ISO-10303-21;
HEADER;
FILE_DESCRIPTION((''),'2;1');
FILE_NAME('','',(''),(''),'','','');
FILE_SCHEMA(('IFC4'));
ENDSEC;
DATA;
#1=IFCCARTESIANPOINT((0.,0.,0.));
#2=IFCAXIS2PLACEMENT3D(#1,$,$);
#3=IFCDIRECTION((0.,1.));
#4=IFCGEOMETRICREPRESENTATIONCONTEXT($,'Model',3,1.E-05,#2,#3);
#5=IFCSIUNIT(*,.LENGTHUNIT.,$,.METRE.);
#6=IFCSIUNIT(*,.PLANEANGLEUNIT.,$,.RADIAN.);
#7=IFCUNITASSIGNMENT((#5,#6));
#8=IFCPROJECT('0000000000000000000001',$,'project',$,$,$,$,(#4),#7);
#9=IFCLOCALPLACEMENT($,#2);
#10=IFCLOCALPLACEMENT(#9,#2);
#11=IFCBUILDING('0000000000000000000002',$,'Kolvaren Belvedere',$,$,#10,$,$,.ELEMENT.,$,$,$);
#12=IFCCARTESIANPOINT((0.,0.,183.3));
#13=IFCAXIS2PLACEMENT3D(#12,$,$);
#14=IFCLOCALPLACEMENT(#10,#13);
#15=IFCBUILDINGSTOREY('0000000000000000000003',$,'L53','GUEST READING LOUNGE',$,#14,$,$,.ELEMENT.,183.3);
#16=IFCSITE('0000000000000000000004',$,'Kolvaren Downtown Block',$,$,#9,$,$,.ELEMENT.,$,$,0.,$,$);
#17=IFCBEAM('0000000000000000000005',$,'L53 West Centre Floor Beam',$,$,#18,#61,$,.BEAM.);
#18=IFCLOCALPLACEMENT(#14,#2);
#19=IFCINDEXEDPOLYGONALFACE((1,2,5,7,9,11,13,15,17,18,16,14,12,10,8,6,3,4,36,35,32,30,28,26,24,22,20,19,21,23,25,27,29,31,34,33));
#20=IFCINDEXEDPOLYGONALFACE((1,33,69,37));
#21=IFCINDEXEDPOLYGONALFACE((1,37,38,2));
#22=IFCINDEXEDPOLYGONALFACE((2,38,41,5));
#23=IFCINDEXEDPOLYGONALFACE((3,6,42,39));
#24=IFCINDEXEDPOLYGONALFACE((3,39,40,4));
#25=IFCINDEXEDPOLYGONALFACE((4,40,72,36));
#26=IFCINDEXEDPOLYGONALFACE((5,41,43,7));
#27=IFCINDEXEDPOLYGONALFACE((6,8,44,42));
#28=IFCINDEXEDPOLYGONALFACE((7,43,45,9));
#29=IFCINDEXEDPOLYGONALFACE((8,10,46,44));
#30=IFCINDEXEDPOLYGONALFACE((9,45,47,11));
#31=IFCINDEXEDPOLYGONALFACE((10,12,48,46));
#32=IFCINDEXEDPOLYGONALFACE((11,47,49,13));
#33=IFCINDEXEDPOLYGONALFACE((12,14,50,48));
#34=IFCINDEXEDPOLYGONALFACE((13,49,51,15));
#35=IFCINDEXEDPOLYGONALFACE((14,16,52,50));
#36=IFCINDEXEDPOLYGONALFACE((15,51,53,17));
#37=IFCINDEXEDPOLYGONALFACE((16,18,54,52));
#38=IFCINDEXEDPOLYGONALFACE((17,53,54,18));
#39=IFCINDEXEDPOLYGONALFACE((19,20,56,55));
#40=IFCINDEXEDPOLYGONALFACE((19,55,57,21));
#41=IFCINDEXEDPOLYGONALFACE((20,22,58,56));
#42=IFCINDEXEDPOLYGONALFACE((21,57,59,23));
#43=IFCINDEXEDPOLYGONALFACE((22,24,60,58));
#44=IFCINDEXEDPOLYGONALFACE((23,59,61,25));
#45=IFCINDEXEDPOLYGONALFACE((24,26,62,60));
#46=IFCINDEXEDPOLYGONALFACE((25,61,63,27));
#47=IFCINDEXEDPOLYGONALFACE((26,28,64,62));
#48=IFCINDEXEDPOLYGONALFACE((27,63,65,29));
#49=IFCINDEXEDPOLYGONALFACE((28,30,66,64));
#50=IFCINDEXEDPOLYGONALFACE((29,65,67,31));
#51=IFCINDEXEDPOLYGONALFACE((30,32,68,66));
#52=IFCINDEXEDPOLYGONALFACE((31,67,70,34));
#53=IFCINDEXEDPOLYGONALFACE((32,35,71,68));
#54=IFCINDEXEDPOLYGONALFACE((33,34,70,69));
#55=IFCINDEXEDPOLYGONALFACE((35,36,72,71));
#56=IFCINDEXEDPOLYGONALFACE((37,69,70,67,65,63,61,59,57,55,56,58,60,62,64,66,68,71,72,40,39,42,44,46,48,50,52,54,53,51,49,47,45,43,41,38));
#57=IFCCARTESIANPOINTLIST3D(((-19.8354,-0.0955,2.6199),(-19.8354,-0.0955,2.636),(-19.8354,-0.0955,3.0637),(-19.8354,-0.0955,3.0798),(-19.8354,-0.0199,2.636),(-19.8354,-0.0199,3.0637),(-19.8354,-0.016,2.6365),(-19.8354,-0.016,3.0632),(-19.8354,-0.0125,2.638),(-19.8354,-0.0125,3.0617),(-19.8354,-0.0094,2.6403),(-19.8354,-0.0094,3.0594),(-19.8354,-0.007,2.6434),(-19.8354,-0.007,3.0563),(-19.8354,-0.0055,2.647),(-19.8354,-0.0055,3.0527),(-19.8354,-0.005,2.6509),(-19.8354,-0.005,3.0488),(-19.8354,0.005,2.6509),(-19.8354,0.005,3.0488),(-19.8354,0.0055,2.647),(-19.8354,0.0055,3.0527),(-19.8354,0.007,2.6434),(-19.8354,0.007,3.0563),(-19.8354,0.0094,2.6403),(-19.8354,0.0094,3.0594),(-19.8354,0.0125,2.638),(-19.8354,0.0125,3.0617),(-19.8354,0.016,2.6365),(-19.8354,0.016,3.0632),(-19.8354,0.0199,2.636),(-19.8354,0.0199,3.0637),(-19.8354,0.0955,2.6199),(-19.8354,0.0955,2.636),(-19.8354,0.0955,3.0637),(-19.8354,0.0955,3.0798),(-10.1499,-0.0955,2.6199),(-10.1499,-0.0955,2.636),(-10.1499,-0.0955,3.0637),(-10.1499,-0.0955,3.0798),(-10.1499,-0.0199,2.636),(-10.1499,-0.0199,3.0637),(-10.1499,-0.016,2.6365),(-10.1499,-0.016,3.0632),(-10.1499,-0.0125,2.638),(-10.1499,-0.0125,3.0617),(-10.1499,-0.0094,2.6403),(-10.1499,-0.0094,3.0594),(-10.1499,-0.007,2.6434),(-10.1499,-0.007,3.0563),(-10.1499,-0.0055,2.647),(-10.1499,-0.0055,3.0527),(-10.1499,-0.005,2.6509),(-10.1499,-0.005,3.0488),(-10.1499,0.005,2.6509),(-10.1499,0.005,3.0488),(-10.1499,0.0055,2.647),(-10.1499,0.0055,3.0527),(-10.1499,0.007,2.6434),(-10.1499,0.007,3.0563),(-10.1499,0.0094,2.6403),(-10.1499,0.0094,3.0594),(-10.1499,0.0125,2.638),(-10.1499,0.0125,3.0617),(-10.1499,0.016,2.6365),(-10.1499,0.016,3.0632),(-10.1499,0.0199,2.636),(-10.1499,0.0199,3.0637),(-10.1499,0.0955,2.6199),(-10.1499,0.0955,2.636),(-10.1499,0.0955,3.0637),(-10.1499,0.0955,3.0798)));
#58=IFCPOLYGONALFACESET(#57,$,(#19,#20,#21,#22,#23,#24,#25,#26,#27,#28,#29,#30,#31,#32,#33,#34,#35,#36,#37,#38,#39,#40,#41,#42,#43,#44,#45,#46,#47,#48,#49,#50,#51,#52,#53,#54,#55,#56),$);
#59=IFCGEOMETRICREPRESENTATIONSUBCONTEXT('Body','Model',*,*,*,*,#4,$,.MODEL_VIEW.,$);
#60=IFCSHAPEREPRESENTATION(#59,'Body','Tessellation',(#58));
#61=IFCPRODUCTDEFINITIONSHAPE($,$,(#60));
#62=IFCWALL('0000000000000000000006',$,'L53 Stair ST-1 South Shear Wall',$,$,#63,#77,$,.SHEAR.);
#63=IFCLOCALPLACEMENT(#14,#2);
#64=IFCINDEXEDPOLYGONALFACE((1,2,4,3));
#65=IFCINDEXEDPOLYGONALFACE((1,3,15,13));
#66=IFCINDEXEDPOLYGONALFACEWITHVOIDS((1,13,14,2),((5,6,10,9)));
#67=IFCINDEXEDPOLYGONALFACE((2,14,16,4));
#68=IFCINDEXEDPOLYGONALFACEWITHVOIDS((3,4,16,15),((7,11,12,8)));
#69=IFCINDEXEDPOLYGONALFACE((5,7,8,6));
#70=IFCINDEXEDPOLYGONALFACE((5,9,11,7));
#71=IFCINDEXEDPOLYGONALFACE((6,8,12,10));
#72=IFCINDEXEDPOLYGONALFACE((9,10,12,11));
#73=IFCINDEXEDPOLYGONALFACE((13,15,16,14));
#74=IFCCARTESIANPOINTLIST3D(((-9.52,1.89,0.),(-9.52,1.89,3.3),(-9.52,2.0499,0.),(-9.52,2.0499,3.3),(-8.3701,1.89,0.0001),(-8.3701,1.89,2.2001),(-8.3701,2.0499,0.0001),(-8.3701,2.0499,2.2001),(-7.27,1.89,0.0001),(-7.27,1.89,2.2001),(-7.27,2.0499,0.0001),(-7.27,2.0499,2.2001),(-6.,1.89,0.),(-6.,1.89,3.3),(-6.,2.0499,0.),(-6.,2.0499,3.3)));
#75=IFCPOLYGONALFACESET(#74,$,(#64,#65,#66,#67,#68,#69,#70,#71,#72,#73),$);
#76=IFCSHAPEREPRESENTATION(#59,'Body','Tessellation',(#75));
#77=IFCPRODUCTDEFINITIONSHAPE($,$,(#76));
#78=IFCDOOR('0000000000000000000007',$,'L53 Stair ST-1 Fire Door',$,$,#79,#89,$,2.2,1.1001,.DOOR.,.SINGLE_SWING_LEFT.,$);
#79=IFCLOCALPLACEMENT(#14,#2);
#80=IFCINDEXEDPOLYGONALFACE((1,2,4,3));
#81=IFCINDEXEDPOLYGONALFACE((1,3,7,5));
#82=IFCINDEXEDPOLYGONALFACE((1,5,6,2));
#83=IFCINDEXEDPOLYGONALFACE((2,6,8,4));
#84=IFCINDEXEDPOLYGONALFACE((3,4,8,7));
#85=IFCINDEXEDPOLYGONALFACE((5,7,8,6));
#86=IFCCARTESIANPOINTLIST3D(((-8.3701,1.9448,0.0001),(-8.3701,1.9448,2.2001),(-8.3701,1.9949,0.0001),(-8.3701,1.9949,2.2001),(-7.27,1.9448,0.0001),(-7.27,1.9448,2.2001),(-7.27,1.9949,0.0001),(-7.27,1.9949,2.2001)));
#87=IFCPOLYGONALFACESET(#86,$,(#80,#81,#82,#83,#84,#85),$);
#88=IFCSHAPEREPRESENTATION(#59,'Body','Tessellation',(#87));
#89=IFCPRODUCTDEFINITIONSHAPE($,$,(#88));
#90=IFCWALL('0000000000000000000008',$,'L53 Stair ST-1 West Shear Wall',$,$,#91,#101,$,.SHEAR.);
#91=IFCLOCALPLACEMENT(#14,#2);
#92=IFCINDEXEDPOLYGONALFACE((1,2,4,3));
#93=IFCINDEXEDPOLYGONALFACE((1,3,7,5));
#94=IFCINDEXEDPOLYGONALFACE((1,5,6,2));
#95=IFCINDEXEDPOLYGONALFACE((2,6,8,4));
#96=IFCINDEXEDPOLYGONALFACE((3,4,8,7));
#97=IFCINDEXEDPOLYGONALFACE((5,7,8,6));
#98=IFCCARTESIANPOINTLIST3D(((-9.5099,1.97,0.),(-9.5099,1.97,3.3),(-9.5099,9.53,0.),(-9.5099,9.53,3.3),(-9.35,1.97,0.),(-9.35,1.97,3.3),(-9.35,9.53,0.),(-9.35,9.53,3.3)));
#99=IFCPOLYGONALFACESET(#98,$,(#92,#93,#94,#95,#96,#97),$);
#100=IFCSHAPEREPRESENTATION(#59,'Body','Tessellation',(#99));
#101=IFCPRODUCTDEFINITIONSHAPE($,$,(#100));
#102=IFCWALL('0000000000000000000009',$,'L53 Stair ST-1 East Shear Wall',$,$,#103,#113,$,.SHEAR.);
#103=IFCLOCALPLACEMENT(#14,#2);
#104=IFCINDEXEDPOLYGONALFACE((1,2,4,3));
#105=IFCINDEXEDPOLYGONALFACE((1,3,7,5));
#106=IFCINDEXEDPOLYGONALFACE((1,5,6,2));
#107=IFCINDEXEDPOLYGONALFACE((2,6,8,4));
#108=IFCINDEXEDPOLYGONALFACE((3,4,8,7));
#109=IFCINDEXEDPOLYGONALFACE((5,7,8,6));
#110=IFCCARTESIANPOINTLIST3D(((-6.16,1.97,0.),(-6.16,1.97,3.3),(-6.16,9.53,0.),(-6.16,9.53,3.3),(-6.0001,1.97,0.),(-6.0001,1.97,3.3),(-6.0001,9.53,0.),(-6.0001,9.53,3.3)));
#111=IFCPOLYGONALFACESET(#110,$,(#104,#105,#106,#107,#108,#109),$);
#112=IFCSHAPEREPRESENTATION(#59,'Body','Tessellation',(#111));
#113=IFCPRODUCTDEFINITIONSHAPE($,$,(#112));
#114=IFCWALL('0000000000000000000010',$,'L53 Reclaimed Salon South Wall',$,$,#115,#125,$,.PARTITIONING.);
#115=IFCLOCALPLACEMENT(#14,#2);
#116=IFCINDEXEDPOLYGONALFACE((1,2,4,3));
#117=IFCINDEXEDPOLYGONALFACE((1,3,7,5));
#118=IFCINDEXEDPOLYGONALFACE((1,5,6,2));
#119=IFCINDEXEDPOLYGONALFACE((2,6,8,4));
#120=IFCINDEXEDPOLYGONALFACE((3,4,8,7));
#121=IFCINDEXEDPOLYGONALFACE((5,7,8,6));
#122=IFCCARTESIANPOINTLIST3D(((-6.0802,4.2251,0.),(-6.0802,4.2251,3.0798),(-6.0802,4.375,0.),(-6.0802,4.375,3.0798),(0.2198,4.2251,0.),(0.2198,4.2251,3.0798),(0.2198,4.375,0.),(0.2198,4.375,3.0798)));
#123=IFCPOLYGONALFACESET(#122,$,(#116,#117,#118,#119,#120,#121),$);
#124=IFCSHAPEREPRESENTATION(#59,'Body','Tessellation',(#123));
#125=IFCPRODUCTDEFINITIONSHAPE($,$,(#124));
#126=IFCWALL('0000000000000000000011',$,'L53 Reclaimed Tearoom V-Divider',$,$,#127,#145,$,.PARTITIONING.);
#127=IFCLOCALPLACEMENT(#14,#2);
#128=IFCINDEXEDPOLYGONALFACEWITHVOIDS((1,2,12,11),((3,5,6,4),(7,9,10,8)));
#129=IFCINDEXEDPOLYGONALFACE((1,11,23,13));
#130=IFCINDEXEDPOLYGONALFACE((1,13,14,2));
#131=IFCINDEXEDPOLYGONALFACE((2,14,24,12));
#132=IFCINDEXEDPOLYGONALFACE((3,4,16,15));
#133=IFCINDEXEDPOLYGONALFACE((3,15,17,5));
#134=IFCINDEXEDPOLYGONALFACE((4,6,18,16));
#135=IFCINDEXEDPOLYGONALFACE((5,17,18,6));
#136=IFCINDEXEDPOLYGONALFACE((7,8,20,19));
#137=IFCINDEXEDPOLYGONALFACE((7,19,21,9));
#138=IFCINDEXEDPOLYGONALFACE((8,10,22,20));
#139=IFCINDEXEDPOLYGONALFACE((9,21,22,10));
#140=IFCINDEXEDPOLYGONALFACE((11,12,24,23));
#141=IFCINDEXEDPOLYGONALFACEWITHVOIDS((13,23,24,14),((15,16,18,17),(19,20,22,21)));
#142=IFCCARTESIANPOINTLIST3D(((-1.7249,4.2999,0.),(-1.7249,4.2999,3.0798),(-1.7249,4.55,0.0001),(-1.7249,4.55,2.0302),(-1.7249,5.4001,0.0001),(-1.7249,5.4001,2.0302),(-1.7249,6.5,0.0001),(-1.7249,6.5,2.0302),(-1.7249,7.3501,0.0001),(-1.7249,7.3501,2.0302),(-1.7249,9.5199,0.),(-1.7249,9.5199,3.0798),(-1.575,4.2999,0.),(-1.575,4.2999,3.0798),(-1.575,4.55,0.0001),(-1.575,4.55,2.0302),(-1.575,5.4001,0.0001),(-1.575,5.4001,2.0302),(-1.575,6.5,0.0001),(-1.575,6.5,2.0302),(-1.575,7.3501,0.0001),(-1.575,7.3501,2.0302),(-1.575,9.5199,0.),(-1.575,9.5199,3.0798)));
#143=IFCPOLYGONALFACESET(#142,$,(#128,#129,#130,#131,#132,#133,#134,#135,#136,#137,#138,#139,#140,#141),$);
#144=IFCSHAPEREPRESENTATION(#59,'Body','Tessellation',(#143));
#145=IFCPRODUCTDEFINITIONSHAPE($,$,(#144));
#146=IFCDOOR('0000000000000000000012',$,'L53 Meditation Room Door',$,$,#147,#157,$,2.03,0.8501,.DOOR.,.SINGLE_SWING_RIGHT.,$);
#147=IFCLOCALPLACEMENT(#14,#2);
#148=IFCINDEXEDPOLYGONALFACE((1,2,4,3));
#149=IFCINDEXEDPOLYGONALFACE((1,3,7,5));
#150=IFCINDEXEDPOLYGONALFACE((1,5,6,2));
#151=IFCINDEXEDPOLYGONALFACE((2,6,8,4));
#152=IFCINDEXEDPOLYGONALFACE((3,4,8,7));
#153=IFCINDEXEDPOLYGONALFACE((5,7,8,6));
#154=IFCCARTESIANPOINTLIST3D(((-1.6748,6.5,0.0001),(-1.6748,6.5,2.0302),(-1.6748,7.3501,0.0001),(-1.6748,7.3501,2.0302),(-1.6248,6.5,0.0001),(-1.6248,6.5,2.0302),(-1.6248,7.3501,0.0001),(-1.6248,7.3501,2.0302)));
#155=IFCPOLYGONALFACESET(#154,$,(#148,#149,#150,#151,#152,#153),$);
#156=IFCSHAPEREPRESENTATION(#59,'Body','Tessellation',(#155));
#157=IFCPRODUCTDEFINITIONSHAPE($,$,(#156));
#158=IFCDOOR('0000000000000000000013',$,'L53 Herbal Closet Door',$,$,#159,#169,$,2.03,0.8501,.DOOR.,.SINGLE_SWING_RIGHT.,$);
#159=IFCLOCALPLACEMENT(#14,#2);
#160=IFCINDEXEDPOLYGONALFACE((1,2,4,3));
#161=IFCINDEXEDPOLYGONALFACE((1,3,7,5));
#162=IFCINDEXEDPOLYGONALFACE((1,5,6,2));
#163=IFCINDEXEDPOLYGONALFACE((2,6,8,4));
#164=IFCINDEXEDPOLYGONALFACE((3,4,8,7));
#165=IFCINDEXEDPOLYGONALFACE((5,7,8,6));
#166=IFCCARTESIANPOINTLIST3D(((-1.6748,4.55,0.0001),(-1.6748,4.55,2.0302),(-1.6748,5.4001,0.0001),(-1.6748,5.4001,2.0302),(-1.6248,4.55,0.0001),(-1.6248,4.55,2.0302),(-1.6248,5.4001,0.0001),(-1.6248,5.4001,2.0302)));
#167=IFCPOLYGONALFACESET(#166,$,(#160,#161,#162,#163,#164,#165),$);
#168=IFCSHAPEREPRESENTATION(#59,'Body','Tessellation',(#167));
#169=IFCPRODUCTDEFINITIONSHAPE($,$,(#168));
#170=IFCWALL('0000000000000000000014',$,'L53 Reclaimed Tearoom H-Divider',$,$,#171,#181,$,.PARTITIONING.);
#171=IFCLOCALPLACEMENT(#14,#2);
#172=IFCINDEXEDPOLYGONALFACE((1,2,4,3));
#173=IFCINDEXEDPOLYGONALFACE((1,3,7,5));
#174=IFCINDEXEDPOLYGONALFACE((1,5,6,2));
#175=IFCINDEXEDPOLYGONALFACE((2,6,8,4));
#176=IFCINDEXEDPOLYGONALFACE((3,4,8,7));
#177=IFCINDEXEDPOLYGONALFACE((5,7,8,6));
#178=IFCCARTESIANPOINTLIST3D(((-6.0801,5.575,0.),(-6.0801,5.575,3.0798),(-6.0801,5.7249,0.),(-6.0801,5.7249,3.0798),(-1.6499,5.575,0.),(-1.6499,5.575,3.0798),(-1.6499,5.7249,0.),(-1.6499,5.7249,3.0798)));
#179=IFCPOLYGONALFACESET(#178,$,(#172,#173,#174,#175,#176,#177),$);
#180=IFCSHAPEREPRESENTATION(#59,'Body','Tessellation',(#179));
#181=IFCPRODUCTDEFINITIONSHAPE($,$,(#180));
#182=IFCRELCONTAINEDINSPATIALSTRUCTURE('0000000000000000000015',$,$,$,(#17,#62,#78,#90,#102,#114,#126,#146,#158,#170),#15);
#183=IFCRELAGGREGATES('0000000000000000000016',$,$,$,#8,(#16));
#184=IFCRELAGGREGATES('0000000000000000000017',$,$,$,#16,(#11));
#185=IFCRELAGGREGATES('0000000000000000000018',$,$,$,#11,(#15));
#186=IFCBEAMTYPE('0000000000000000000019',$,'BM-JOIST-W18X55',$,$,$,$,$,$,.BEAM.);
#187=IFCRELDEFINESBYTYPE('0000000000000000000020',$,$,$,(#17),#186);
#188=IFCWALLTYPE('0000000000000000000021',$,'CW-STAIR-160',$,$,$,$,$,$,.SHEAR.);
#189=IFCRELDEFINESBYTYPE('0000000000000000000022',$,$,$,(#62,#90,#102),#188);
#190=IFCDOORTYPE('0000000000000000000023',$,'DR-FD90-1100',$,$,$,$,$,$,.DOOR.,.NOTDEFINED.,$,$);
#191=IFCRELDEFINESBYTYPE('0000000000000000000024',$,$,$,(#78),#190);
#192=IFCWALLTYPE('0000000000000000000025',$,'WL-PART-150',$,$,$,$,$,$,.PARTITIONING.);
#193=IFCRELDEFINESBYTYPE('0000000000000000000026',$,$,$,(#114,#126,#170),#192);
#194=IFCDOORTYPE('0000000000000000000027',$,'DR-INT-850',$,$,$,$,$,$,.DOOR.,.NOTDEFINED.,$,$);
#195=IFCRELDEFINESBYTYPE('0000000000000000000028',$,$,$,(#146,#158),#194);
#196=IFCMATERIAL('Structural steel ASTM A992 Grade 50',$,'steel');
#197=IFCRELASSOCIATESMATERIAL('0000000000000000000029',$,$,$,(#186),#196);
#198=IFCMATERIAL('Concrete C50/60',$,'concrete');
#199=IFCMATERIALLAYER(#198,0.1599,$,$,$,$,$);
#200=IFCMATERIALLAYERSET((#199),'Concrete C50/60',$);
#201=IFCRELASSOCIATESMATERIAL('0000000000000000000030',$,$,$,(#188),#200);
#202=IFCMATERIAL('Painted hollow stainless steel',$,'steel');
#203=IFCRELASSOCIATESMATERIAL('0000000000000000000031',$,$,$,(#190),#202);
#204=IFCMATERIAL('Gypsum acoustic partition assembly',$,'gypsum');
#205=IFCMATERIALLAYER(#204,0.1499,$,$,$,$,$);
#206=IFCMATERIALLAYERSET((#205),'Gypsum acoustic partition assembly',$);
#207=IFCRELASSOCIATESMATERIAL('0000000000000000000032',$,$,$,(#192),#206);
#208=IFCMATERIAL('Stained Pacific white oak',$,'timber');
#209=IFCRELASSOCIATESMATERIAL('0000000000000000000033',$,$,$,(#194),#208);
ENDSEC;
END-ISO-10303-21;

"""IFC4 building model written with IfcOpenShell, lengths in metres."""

from ifc_helpers import new_model, si_unit, direction, frame, frame_2d, origin, origin_2d, place, context, subcontext, project, spatial, rectangle, i_section, extrude, material, layer, layer_set, material_profile, profile_set, type_object, element, fill, save


model = new_model("IFC4")

# Units and contexts
model_context = context("Model", 3, precision=1e-05, world=origin(), true_north=direction((0.0, 1.0)))
body_context = subcontext(model_context, "Body", "Model", "MODEL_VIEW")
ifc_project = project(units=[si_unit("LENGTHUNIT", "METRE"), si_unit("PLANEANGLEUNIT", "RADIAN")], contexts=[model_context])

# Site, building, storey
site_placement = place(None, origin())
site = spatial("IfcSite", under=ifc_project, at=site_placement, Name="Kolvaren Downtown Block", CompositionType="ELEMENT", RefElevation=0.0)
building_placement = place(site_placement, origin())
building = spatial("IfcBuilding", under=site, at=building_placement, Name="Kolvaren Belvedere", CompositionType="ELEMENT")
storey_placement = place(building_placement, frame((0.0, 0.0, 183.3)))
storey = spatial("IfcBuildingStorey", under=building, at=storey_placement, Name="L53", Description="GUEST READING LOUNGE", CompositionType="ELEMENT", Elevation=183.3)

# Beam
ifc_material_1 = material(Name="Structural steel ASTM A992 Grade 50", Category="steel")
ifc_material_profile_1 = material_profile(ifc_material_1, i_section(OverallWidth=0.1909, OverallDepth=0.46, WebThickness=0.01, FlangeThickness=0.0161, FilletRadius=0.0149, at=origin_2d()), Name="W18X55")
ifc_profile_set_1 = profile_set([ifc_material_profile_1], Name="Structural steel ASTM A992 Grade 50")
beam_type_1 = type_object("IfcBeamType", Name="BM-JOIST-W18X55", PredefinedType="BEAM", material=ifc_profile_set_1)
beam_1_placement = place(storey_placement, frame((-10.1499, 0.0, 2.8499), z_axis=(-1.0, 0.0, 0.0), x_axis=(0.0, -1.0, 0.0)))
element("IfcBeam", 1, at=beam_1_placement, inside=storey, type_object=beam_type_1, Name="L53 West Centre Floor Beam", PredefinedType="BEAM", context=body_context, shape_type="SweptSolid", body=[
    extrude(i_section(OverallWidth=0.1909, OverallDepth=0.46, WebThickness=0.01, FlangeThickness=0.0161, FilletRadius=0.0149, at=origin_2d()), origin(), (0.0, 0.0, 1.0), 9.6855),
])

# Wall, opening, door
ifc_material_2 = material(Name="Concrete C50/60", Category="concrete")
ifc_layer_1 = layer(ifc_material_2, 0.1599)
ifc_layer_set_1 = layer_set([ifc_layer_1], Name="Concrete C50/60")
wall_type_1 = type_object("IfcWallType", Name="CW-STAIR-160", PredefinedType="SHEAR", material=ifc_layer_set_1)
wall_1_placement = place(storey_placement, frame((-9.52, 1.97, 0.0), z_axis=(0.0, 0.0, 1.0), x_axis=(1.0, 0.0, 0.0)))
wall_1 = element("IfcWall", 2, at=wall_1_placement, inside=storey, type_object=wall_type_1, Name="L53 Stair ST-1 South Shear Wall", PredefinedType="SHEAR", context=body_context, shape_type="SweptSolid", body=[
    extrude(rectangle(XDim=3.52, YDim=0.1599, at=frame_2d((1.76, 0.0))), origin(), (0.0, 0.0, 1.0), 3.3),
])
opening_1_placement = place(wall_1_placement, frame((1.1499, 0.0, 0.0)))
opening_1 = element("IfcOpeningElement", 3, at=opening_1_placement, cuts=wall_1, PredefinedType="OPENING", context=body_context, shape_type="SweptSolid", body=[
    extrude(rectangle(XDim=1.1001, YDim=2.2, at=frame_2d((0.55, 1.1001))), frame((0.0, 0.0898, 0.0), z_axis=(0.0, -1.0, 0.0), x_axis=(1.0, 0.0, 0.0)), (0.0, 0.0, 1.0), 0.1799),
])
ifc_material_3 = material(Name="Painted hollow stainless steel", Category="steel")
door_type_1 = type_object("IfcDoorType", Name="DR-FD90-1100", OperationType="NOTDEFINED", PredefinedType="DOOR", material=ifc_material_3)
door_1_placement = place(opening_1_placement, origin())
door_1 = element("IfcDoor", 4, at=door_1_placement, inside=storey, type_object=door_type_1, Name="L53 Stair ST-1 Fire Door", OperationType="SINGLE_SWING_LEFT", OverallHeight=2.2, OverallWidth=1.1001, PredefinedType="DOOR", context=body_context, shape_type="SweptSolid", body=[
    extrude(rectangle(XDim=1.1001, YDim=2.2, at=frame_2d((0.55, 1.1001))), frame((0.0, 0.0249, 0.0), z_axis=(0.0, -1.0, 0.0), x_axis=(1.0, 0.0, 0.0)), (0.0, 0.0, 1.0), 0.05),
])
fill(opening_1, door_1)

# Walls
for number, where, z_axis, x_axis, name in (
    (5, (-9.4299, 1.97, 0.0), (0.0, 0.0, 1.0), (0.0, 1.0, 0.0), "L53 Stair ST-1 West Shear Wall"),
    (6, (-6.0801, 1.97, 0.0), (0.0, 0.0, 1.0), (0.0, 1.0, 0.0), "L53 Stair ST-1 East Shear Wall"),
):
    element("IfcWall", number, at=place(storey_placement, frame(where, z_axis=z_axis, x_axis=x_axis)), inside=storey, type_object=wall_type_1, Name=name, PredefinedType="SHEAR", context=body_context, shape_type="SweptSolid", body=[
        extrude(rectangle(XDim=7.5601, YDim=0.1599, at=frame_2d((3.78, 0.0))), origin(), (0.0, 0.0, 1.0), 3.3),
    ])
ifc_material_4 = material(Name="Gypsum acoustic partition assembly", Category="gypsum")
ifc_layer_2 = layer(ifc_material_4, 0.1499)
ifc_layer_set_2 = layer_set([ifc_layer_2], Name="Gypsum acoustic partition assembly")
wall_type_2 = type_object("IfcWallType", Name="WL-PART-150", PredefinedType="PARTITIONING", material=ifc_layer_set_2)
wall_2_placement = place(storey_placement, frame((-6.0801, 4.3, 0.0), z_axis=(0.0, 0.0, 1.0), x_axis=(1.0, 0.0, 0.0)))
element("IfcWall", 7, at=wall_2_placement, inside=storey, type_object=wall_type_2, Name="L53 Reclaimed Salon South Wall", PredefinedType="PARTITIONING", context=body_context, shape_type="SweptSolid", body=[
    extrude(rectangle(XDim=6.3, YDim=0.1499, at=frame_2d((3.1499, 0.0))), origin(), (0.0, 0.0, 1.0), 3.0798),
])

# Wall, openings, doors
wall_3_placement = place(storey_placement, frame((-1.6499, 4.3, 0.0), z_axis=(0.0, 0.0, 1.0), x_axis=(0.0, 1.0, 0.0)))
wall_3 = element("IfcWall", 8, at=wall_3_placement, inside=storey, type_object=wall_type_2, Name="L53 Reclaimed Tearoom V-Divider", PredefinedType="PARTITIONING", context=body_context, shape_type="SweptSolid", body=[
    extrude(rectangle(XDim=5.22, YDim=0.1499, at=frame_2d((2.6099, 0.0))), origin(), (0.0, 0.0, 1.0), 3.0798),
])
opening_2_placement = place(wall_3_placement, frame((2.2, 0.0, 0.0)))
opening_2 = element("IfcOpeningElement", 9, at=opening_2_placement, cuts=wall_3, PredefinedType="OPENING", context=body_context, shape_type="SweptSolid", body=[
    extrude(rectangle(XDim=0.8501, YDim=2.03, at=frame_2d((0.425, 1.0151))), frame((0.0, 0.085, 0.0), z_axis=(0.0, -1.0, 0.0), x_axis=(1.0, 0.0, 0.0)), (0.0, 0.0, 1.0), 0.1699),
])
opening_3_placement = place(wall_3_placement, frame((0.25, 0.0, 0.0)))
opening_3 = element("IfcOpeningElement", 10, at=opening_3_placement, cuts=wall_3, PredefinedType="OPENING", context=body_context, shape_type="SweptSolid", body=[
    extrude(rectangle(XDim=0.8501, YDim=2.03, at=frame_2d((0.425, 1.0151))), frame((0.0, 0.085, 0.0), z_axis=(0.0, -1.0, 0.0), x_axis=(1.0, 0.0, 0.0)), (0.0, 0.0, 1.0), 0.1699),
])
ifc_material_5 = material(Name="Stained Pacific white oak", Category="timber")
door_type_2 = type_object("IfcDoorType", Name="DR-INT-850", OperationType="NOTDEFINED", PredefinedType="DOOR", material=ifc_material_5)
door_2_placement = place(opening_2_placement, origin())
door_2 = element("IfcDoor", 11, at=door_2_placement, inside=storey, type_object=door_type_2, Name="L53 Meditation Room Door", OperationType="SINGLE_SWING_RIGHT", OverallHeight=2.03, OverallWidth=0.8501, PredefinedType="DOOR", context=body_context, shape_type="SweptSolid", body=[
    extrude(rectangle(XDim=0.8501, YDim=2.03, at=frame_2d((0.425, 1.0151))), frame((0.0, 0.0249, 0.0), z_axis=(0.0, -1.0, 0.0), x_axis=(1.0, 0.0, 0.0)), (0.0, 0.0, 1.0), 0.05),
])
fill(opening_2, door_2)
door_3_placement = place(opening_3_placement, origin())
door_3 = element("IfcDoor", 12, at=door_3_placement, inside=storey, type_object=door_type_2, Name="L53 Herbal Closet Door", OperationType="SINGLE_SWING_RIGHT", OverallHeight=2.03, OverallWidth=0.8501, PredefinedType="DOOR", context=body_context, shape_type="SweptSolid", body=[
    extrude(rectangle(XDim=0.8501, YDim=2.03, at=frame_2d((0.425, 1.0151))), frame((0.0, 0.0249, 0.0), z_axis=(0.0, -1.0, 0.0), x_axis=(1.0, 0.0, 0.0)), (0.0, 0.0, 1.0), 0.05),
])
fill(opening_3, door_3)

# Wall
wall_4_placement = place(storey_placement, frame((-6.0801, 5.6499, 0.0), z_axis=(0.0, 0.0, 1.0), x_axis=(1.0, 0.0, 0.0)))
element("IfcWall", 13, at=wall_4_placement, inside=storey, type_object=wall_type_2, Name="L53 Reclaimed Tearoom H-Divider", PredefinedType="PARTITIONING", context=body_context, shape_type="SweptSolid", body=[
    extrude(rectangle(XDim=4.4302, YDim=0.1499, at=frame_2d((2.2151, 0.0))), origin(), (0.0, 0.0, 1.0), 3.0798),
])

save(model, "model.ifc")
